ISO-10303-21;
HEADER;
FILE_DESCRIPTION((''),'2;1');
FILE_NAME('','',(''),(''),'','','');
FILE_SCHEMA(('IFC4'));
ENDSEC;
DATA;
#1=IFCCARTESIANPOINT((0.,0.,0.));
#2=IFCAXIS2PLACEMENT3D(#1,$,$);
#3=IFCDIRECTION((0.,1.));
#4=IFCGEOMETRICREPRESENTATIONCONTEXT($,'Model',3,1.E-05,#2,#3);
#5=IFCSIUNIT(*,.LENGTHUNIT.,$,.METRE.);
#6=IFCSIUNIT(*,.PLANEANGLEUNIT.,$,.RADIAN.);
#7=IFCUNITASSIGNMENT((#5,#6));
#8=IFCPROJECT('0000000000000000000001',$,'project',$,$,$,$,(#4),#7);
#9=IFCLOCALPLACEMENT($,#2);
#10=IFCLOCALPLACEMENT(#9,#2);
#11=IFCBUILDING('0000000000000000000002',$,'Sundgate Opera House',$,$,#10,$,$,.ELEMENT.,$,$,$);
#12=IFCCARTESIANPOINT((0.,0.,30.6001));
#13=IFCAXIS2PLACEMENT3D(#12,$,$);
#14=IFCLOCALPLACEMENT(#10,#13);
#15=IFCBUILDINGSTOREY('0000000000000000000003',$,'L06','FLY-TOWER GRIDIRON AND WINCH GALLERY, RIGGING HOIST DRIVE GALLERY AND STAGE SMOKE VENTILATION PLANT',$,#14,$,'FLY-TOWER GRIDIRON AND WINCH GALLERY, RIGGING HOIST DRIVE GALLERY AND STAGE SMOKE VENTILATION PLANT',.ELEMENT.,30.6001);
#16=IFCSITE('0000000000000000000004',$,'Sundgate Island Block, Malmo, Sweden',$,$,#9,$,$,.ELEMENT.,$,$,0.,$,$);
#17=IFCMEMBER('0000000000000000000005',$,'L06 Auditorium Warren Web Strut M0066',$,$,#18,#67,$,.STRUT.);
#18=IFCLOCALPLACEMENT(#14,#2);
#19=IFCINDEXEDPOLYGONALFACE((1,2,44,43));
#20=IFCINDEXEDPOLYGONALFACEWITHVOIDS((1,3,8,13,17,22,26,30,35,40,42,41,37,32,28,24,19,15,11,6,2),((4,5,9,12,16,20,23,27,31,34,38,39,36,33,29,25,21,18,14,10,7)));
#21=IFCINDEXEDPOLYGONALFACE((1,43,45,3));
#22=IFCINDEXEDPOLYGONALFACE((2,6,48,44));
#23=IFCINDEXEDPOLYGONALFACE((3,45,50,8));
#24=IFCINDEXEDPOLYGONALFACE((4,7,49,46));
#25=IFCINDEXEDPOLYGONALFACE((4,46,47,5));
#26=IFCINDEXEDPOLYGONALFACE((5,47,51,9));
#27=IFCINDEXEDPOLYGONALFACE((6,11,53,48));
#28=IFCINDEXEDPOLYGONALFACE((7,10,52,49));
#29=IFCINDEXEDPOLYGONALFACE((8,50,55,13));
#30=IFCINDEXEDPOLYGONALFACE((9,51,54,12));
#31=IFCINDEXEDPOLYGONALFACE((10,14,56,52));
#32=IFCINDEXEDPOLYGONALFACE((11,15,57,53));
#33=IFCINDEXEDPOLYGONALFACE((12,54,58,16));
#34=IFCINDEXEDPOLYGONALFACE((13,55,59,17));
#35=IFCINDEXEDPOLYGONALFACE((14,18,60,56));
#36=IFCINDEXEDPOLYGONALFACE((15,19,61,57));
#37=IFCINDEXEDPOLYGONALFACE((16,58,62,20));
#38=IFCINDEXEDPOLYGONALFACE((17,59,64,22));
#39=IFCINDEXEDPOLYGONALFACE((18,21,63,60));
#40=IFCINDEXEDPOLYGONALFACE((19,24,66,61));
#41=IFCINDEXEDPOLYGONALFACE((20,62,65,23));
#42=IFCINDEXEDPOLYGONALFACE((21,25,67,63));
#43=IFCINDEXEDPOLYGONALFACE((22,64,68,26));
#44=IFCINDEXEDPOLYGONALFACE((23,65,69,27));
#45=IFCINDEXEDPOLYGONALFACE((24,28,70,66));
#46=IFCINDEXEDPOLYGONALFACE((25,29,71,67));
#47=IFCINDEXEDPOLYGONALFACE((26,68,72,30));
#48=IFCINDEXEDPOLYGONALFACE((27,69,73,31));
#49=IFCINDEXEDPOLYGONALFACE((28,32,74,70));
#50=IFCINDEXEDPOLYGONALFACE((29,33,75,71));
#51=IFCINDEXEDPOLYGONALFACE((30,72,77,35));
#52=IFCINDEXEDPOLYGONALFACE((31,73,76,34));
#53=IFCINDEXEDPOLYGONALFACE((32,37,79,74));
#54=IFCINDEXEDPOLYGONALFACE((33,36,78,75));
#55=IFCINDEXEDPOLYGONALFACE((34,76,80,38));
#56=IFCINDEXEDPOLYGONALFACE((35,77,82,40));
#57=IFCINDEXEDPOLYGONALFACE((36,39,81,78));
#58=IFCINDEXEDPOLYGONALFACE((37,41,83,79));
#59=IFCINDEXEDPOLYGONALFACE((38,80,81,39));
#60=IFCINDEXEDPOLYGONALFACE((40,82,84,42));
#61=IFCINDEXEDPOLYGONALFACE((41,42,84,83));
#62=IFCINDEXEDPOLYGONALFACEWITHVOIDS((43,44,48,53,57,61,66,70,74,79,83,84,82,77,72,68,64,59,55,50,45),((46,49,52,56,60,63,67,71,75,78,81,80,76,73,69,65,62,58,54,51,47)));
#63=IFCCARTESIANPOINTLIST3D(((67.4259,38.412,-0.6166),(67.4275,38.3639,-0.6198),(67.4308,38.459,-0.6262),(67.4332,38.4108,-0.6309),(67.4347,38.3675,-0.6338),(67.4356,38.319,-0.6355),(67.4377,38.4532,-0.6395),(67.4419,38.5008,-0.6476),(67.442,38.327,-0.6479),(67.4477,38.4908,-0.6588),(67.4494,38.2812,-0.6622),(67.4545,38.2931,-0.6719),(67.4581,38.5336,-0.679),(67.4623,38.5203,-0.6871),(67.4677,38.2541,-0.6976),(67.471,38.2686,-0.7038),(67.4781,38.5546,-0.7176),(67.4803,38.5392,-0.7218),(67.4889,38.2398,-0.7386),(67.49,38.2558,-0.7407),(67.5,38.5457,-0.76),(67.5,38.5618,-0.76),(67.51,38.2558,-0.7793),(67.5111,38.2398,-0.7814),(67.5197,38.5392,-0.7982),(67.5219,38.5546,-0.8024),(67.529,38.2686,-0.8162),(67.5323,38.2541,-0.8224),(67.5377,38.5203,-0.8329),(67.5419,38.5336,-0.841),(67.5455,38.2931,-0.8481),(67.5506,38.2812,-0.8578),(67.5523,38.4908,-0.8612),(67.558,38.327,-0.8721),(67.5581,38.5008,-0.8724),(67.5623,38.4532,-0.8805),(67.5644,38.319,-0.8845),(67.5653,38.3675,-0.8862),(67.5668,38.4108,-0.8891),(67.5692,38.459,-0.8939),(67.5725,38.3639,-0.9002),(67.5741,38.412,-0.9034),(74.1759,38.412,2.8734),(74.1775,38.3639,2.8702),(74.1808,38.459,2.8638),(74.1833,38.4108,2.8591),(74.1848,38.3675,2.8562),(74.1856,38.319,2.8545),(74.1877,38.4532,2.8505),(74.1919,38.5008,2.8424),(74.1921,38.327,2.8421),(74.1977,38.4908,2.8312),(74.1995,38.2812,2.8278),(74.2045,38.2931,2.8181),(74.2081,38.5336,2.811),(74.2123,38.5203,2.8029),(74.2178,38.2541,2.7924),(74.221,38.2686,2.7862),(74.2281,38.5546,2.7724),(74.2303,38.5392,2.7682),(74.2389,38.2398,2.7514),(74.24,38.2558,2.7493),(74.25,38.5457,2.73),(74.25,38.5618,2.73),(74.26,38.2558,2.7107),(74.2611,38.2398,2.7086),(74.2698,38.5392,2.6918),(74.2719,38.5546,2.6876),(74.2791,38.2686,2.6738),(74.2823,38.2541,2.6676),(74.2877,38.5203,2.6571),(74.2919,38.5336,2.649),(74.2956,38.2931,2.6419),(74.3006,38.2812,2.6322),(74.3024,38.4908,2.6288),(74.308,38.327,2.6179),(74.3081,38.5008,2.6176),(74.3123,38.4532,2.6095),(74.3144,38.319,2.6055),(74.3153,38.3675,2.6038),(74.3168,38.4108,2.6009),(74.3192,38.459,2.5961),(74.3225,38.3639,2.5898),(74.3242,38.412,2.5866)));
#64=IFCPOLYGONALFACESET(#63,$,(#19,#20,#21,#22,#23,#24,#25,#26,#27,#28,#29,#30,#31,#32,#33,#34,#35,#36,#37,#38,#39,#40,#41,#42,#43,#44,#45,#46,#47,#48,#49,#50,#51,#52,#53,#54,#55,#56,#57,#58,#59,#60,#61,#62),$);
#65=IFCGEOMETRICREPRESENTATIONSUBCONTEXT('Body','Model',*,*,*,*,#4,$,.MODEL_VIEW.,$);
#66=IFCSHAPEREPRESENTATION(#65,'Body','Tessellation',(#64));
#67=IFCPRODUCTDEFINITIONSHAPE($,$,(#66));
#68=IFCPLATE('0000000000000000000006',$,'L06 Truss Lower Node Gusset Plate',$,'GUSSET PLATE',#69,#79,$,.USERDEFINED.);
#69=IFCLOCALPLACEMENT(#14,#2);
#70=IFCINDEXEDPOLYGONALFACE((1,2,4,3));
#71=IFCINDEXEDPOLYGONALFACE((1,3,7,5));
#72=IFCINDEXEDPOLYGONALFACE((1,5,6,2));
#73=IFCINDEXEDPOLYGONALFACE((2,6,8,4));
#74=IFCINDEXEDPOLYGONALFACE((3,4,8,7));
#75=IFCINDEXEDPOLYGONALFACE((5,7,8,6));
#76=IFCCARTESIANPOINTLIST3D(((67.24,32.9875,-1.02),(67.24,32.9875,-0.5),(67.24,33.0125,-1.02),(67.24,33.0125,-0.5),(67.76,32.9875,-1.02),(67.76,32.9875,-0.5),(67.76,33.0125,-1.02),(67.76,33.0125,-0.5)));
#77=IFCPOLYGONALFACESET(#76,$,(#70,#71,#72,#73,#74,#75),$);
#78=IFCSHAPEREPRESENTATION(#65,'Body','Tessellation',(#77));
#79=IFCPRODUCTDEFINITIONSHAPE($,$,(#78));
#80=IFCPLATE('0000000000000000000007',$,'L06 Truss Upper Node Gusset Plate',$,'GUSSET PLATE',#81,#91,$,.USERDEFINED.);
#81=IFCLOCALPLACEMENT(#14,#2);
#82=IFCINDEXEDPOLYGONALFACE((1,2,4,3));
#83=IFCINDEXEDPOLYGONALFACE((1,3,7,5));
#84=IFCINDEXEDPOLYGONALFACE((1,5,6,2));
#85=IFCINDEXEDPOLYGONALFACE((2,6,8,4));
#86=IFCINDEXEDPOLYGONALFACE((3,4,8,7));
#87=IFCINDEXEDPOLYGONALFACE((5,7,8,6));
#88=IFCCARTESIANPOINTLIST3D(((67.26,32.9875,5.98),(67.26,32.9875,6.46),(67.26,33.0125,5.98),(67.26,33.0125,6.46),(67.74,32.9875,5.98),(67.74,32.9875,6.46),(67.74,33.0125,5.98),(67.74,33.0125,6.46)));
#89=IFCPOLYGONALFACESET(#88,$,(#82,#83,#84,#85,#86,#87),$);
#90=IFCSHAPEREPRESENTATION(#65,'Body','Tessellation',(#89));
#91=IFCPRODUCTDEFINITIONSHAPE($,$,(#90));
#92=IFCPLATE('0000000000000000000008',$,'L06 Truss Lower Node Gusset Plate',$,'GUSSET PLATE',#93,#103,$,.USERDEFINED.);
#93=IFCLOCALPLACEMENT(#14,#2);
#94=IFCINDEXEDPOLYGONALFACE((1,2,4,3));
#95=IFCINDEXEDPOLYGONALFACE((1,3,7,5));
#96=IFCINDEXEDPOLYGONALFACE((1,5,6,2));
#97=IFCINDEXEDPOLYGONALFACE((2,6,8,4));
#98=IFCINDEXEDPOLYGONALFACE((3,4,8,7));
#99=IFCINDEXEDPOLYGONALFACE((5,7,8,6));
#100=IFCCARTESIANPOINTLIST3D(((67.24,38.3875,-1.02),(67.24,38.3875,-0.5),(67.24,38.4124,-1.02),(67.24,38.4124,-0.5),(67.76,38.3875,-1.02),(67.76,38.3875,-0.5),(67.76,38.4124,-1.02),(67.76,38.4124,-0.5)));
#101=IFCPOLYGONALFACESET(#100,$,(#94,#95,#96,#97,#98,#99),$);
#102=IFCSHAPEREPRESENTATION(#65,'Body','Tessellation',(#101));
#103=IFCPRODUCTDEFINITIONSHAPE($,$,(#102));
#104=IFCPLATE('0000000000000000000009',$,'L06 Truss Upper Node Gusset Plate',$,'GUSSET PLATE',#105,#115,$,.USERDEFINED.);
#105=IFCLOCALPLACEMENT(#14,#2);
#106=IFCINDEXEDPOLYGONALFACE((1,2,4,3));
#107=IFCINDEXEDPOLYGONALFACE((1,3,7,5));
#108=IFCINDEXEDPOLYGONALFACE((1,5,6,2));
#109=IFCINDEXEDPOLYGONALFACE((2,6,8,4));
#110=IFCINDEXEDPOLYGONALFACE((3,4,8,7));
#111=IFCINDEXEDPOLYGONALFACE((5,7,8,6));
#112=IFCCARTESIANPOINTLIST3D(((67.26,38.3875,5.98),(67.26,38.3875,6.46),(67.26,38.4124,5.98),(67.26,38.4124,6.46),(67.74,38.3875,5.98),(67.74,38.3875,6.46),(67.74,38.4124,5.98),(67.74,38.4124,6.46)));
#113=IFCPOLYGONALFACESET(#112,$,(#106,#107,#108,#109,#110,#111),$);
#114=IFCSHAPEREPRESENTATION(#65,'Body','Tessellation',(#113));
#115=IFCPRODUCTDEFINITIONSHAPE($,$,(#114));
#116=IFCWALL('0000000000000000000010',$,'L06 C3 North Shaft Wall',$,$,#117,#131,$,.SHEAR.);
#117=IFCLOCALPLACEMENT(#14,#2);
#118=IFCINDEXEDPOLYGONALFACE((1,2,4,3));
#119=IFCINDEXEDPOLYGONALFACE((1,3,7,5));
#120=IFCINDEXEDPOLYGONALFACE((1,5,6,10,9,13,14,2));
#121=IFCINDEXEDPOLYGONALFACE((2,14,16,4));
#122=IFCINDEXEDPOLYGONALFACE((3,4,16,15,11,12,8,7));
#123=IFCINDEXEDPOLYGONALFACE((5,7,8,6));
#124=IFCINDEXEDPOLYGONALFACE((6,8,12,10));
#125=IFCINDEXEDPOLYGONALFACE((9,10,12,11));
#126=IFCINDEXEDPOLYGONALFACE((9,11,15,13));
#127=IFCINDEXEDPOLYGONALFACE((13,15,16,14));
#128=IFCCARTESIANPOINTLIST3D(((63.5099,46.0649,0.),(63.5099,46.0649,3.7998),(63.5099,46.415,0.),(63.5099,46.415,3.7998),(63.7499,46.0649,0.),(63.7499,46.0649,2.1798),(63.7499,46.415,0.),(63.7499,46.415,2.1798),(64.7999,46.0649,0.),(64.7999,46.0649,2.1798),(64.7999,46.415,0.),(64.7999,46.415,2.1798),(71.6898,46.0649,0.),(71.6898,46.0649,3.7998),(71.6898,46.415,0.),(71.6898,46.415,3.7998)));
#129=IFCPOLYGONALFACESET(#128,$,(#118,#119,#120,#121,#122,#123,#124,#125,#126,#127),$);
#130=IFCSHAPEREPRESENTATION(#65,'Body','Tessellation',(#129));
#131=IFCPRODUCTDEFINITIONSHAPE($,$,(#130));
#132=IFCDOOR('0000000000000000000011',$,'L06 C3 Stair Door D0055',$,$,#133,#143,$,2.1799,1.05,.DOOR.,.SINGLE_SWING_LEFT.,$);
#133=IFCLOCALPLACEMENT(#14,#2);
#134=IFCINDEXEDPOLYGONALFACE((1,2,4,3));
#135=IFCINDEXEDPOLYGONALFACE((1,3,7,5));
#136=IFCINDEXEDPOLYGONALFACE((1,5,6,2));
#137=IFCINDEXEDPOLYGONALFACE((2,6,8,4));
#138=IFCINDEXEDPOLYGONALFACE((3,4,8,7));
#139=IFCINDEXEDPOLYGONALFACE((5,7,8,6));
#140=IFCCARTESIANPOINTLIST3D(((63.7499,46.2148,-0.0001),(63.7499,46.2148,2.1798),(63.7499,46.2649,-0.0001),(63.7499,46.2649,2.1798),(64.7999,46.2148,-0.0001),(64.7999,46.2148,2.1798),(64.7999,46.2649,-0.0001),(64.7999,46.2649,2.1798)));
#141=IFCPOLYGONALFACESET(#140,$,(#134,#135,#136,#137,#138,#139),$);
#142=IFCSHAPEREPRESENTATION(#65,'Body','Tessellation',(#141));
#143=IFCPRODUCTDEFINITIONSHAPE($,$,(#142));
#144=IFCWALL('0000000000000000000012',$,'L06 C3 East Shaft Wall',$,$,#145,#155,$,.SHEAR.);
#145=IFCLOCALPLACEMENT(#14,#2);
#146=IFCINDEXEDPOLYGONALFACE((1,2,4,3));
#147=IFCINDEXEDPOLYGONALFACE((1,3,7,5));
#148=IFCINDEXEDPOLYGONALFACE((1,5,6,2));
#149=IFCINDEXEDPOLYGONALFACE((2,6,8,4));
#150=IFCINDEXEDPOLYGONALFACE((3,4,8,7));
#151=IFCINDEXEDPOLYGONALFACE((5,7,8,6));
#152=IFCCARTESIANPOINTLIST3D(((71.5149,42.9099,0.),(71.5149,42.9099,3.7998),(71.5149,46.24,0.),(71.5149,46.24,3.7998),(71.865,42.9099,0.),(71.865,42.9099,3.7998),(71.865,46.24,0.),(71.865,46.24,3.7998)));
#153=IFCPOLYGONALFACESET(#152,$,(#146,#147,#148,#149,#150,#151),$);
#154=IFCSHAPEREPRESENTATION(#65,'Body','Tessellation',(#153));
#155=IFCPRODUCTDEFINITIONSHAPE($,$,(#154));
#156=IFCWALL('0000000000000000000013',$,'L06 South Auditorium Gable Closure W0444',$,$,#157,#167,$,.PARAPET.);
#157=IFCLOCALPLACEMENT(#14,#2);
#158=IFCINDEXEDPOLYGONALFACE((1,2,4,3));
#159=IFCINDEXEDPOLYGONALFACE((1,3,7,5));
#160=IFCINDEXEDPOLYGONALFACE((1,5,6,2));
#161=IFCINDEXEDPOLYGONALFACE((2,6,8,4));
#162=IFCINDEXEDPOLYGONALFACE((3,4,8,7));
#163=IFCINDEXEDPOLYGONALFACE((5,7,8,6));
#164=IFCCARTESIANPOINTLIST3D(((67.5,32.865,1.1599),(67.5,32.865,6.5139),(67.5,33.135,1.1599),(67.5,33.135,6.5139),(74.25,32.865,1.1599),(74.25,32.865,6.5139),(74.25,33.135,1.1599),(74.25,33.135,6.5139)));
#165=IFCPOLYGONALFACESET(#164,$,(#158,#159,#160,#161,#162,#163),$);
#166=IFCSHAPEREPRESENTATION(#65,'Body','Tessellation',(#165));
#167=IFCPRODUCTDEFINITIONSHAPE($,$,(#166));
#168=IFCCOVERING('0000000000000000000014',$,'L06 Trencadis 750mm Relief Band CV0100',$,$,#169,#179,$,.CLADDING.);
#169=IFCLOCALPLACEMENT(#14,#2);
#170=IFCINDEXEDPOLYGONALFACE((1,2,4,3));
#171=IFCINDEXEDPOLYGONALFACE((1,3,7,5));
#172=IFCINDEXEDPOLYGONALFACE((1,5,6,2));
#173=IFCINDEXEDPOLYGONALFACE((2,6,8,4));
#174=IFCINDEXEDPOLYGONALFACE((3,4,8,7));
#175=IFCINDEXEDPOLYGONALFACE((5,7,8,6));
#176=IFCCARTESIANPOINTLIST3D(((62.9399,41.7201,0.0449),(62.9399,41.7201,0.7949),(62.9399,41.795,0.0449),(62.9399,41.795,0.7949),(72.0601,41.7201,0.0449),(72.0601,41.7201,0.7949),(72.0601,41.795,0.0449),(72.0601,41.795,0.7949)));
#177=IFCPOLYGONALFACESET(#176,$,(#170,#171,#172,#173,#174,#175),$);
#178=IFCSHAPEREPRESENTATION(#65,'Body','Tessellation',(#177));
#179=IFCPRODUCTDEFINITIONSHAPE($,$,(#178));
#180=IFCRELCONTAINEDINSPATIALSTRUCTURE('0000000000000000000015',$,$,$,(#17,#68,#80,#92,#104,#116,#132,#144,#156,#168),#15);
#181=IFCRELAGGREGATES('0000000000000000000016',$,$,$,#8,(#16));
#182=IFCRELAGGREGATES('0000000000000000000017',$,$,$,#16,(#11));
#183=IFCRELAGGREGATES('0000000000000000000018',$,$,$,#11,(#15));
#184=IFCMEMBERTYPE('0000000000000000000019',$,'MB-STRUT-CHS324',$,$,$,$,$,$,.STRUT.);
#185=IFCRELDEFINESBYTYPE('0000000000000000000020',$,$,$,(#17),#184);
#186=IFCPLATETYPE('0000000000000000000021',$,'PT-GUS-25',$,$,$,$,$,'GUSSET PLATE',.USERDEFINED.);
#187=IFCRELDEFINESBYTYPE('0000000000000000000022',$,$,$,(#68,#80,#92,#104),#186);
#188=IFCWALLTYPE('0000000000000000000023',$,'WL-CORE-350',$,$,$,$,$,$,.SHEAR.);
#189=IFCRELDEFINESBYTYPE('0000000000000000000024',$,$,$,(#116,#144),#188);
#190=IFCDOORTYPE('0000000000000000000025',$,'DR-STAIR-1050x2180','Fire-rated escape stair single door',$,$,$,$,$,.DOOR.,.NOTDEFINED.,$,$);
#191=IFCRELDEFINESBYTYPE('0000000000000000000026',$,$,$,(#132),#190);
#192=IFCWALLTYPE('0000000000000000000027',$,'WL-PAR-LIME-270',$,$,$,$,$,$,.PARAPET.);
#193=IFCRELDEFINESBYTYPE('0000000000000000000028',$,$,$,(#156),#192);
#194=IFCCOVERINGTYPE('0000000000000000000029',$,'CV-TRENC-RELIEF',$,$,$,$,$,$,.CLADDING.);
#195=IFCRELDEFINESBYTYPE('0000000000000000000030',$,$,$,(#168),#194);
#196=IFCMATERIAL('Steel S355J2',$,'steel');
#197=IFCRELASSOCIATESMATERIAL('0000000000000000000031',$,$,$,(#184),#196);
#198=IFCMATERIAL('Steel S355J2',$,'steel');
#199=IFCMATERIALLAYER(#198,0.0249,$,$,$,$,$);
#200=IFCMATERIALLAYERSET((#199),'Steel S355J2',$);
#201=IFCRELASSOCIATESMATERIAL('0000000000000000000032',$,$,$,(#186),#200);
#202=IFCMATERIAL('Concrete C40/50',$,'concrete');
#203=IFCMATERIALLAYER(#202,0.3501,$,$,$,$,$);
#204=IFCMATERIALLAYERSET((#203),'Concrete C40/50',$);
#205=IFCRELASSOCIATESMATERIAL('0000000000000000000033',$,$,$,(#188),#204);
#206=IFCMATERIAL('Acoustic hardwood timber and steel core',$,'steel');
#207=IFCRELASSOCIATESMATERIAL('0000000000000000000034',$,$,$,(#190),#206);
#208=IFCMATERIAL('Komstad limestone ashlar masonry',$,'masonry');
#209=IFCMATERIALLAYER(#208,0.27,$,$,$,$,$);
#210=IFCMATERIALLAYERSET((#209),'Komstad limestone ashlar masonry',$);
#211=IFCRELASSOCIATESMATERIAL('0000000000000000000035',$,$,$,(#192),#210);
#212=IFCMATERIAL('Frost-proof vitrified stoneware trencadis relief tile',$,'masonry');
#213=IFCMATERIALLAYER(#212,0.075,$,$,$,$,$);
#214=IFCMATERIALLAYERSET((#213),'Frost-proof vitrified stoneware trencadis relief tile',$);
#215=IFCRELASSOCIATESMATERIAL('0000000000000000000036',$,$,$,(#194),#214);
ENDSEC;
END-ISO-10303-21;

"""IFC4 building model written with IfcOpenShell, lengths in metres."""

from ifc_helpers import new_model, si_unit, direction, frame, frame_2d, origin, origin_2d, place, context, subcontext, project, spatial, rectangle, hollow_circle, extrude, material, layer, layer_set, material_profile, profile_set, type_object, element, fill, save


model = new_model("IFC4")

# Units and contexts
model_context = context("Model", 3, precision=1e-05, world=origin(), true_north=direction((0.0, 1.0)))
body_context = subcontext(model_context, "Body", "Model", "MODEL_VIEW")
ifc_project = project(units=[si_unit("LENGTHUNIT", "METRE"), si_unit("PLANEANGLEUNIT", "RADIAN")], contexts=[model_context])

# Site, building, storey
site_placement = place(None, origin())
site = spatial("IfcSite", under=ifc_project, at=site_placement, Name="Sundgate Island Block, Malmo, Sweden", CompositionType="ELEMENT", RefElevation=0.0)
building_placement = place(site_placement, origin())
building = spatial("IfcBuilding", under=site, at=building_placement, Name="Sundgate Opera House", CompositionType="ELEMENT")
storey_placement = place(building_placement, frame((0.0, 0.0, 30.6001)))
storey = spatial("IfcBuildingStorey", under=building, at=storey_placement, Name="L06", Description="FLY-TOWER GRIDIRON AND WINCH GALLERY, RIGGING HOIST DRIVE GALLERY AND STAGE SMOKE VENTILATION PLANT", LongName="FLY-TOWER GRIDIRON AND WINCH GALLERY, RIGGING HOIST DRIVE GALLERY AND STAGE SMOKE VENTILATION PLANT", CompositionType="ELEMENT", Elevation=30.6001)

# Member
ifc_material_1 = material(Name="Steel S355J2", Category="steel")
ifc_material_profile_1 = material_profile(ifc_material_1, hollow_circle(Radius=0.1619, WallThickness=0.0161, at=origin_2d()), Name="CHS 323.9x16.0")
ifc_profile_set_1 = profile_set([ifc_material_profile_1], Name="Steel S355J2")
member_type_1 = type_object("IfcMemberType", Name="MB-STRUT-CHS324", PredefinedType="STRUT", material=ifc_profile_set_1)
for number, where, z_axis, x_axis, name in (
    (1, (67.5, 38.3999, -0.76), (0.888292, 0.0, 0.459279), (0.0, 1.0, 0.0), "L06 Auditorium Warren Web Strut M0066"),
):
    element("IfcMember", number, at=place(storey_placement, frame(where, z_axis=z_axis, x_axis=x_axis)), inside=storey, type_object=member_type_1, Name=name, PredefinedType="STRUT", context=body_context, shape_type="SweptSolid", body=[
        extrude(hollow_circle(Radius=0.1619, WallThickness=0.0161, at=origin_2d()), origin(), (0.0, 0.0, 1.0), 7.5989),
    ])

# Plates
ifc_material_2 = material(Name="Steel S355J2", Category="steel")
ifc_layer_1 = layer(ifc_material_2, 0.0249)
ifc_layer_set_1 = layer_set([ifc_layer_1], Name="Steel S355J2")
plate_type = type_object("IfcPlateType", Name="PT-GUS-25", ElementType="GUSSET PLATE", PredefinedType="USERDEFINED", material=ifc_layer_set_1)
plate_1_placement = place(storey_placement, frame((67.5, 33.0, -1.02), z_axis=(0.0, 0.0, 1.0), x_axis=(1.0, 0.0, 0.0)))
element("IfcPlate", 2, at=plate_1_placement, inside=storey, type_object=plate_type, Name="L06 Truss Lower Node Gusset Plate", ObjectType="GUSSET PLATE", PredefinedType="USERDEFINED", context=body_context, shape_type="SweptSolid", body=[
    extrude(rectangle(XDim=0.52, YDim=0.0249, at=origin_2d()), origin(), (0.0, 0.0, 1.0), 0.52),
])
plate_2_placement = place(storey_placement, frame((67.5, 33.0, 5.98), z_axis=(0.0, 0.0, 1.0), x_axis=(1.0, 0.0, 0.0)))
element("IfcPlate", 3, at=plate_2_placement, inside=storey, type_object=plate_type, Name="L06 Truss Upper Node Gusset Plate", ObjectType="GUSSET PLATE", PredefinedType="USERDEFINED", context=body_context, shape_type="SweptSolid", body=[
    extrude(rectangle(XDim=0.48, YDim=0.0249, at=origin_2d()), origin(), (0.0, 0.0, 1.0), 0.48),
])
plate_3_placement = place(storey_placement, frame((67.5, 38.3999, -1.02), z_axis=(0.0, 0.0, 1.0), x_axis=(1.0, 0.0, 0.0)))
element("IfcPlate", 4, at=plate_3_placement, inside=storey, type_object=plate_type, Name="L06 Truss Lower Node Gusset Plate", ObjectType="GUSSET PLATE", PredefinedType="USERDEFINED", context=body_context, shape_type="SweptSolid", body=[
    extrude(rectangle(XDim=0.52, YDim=0.0249, at=origin_2d()), origin(), (0.0, 0.0, 1.0), 0.52),
])
plate_4_placement = place(storey_placement, frame((67.5, 38.3999, 5.98), z_axis=(0.0, 0.0, 1.0), x_axis=(1.0, 0.0, 0.0)))
element("IfcPlate", 5, at=plate_4_placement, inside=storey, type_object=plate_type, Name="L06 Truss Upper Node Gusset Plate", ObjectType="GUSSET PLATE", PredefinedType="USERDEFINED", context=body_context, shape_type="SweptSolid", body=[
    extrude(rectangle(XDim=0.48, YDim=0.0249, at=origin_2d()), origin(), (0.0, 0.0, 1.0), 0.48),
])

# Wall, opening, door
ifc_material_3 = material(Name="Concrete C40/50", Category="concrete")
ifc_layer_2 = layer(ifc_material_3, 0.3501)
ifc_layer_set_2 = layer_set([ifc_layer_2], Name="Concrete C40/50")
wall_type_1 = type_object("IfcWallType", Name="WL-CORE-350", PredefinedType="SHEAR", material=ifc_layer_set_2)
wall_1_placement = place(storey_placement, frame((63.51, 46.24, 0.0), z_axis=(0.0, 0.0, 1.0), x_axis=(1.0, 0.0, 0.0)))
wall_1 = element("IfcWall", 6, at=wall_1_placement, inside=storey, type_object=wall_type_1, Name="L06 C3 North Shaft Wall", PredefinedType="SHEAR", context=body_context, shape_type="SweptSolid", body=[
    extrude(rectangle(XDim=8.1799, YDim=0.3501, at=frame_2d((4.0898, 0.0))), origin(), (0.0, 0.0, 1.0), 3.7998),
])
opening_placement = place(wall_1_placement, frame((0.24, 0.0, 0.0)))
opening = element("IfcOpeningElement", 7, at=opening_placement, cuts=wall_1, PredefinedType="OPENING", context=body_context, shape_type="SweptSolid", body=[
    extrude(rectangle(XDim=1.05, YDim=2.1799, at=frame_2d((0.5249, 1.0898))), frame((0.0, 0.1851, 0.0), z_axis=(0.0, -1.0, 0.0), x_axis=(1.0, 0.0, 0.0)), (0.0, 0.0, 1.0), 0.3701),
])
ifc_material_4 = material(Name="Acoustic hardwood timber and steel core", Category="steel")
door_type = type_object("IfcDoorType", Name="DR-STAIR-1050x2180", Description="Fire-rated escape stair single door", OperationType="NOTDEFINED", PredefinedType="DOOR", material=ifc_material_4)
door_placement = place(opening_placement, origin())
door = element("IfcDoor", 8, at=door_placement, inside=storey, type_object=door_type, Name="L06 C3 Stair Door D0055", OperationType="SINGLE_SWING_LEFT", OverallHeight=2.1799, OverallWidth=1.05, PredefinedType="DOOR", context=body_context, shape_type="SweptSolid", body=[
    extrude(rectangle(XDim=1.05, YDim=2.1799, at=frame_2d((0.5249, 1.0898))), frame((0.0, 0.0249, 0.0), z_axis=(0.0, -1.0, 0.0), x_axis=(1.0, 0.0, 0.0)), (0.0, 0.0, 1.0), 0.05),
])
fill(opening, door)

# Walls
wall_2_placement = place(storey_placement, frame((71.6899, 42.9099, 0.0), z_axis=(0.0, 0.0, 1.0), x_axis=(0.0, 1.0, 0.0)))
element("IfcWall", 9, at=wall_2_placement, inside=storey, type_object=wall_type_1, Name="L06 C3 East Shaft Wall", PredefinedType="SHEAR", context=body_context, shape_type="SweptSolid", body=[
    extrude(rectangle(XDim=3.3301, YDim=0.3501, at=frame_2d((1.665, 0.0))), origin(), (0.0, 0.0, 1.0), 3.7998),
])
ifc_material_5 = material(Name="Komstad limestone ashlar masonry", Category="masonry")
ifc_layer_3 = layer(ifc_material_5, 0.27)
ifc_layer_set_3 = layer_set([ifc_layer_3], Name="Komstad limestone ashlar masonry")
wall_type_2 = type_object("IfcWallType", Name="WL-PAR-LIME-270", PredefinedType="PARAPET", material=ifc_layer_set_3)
wall_3_placement = place(storey_placement, frame((67.5, 33.0, 1.1599), z_axis=(0.0, 0.0, 1.0), x_axis=(1.0, 0.0, 0.0)))
element("IfcWall", 10, at=wall_3_placement, inside=storey, type_object=wall_type_2, Name="L06 South Auditorium Gable Closure W0444", PredefinedType="PARAPET", context=body_context, shape_type="SweptSolid", body=[
    extrude(rectangle(XDim=6.75, YDim=0.27, at=frame_2d((3.375, 0.0))), origin(), (0.0, 0.0, 1.0), 5.354),
])

# Covering
ifc_material_6 = material(Name="Frost-proof vitrified stoneware trencadis relief tile", Category="masonry")
ifc_layer_4 = layer(ifc_material_6, 0.075)
ifc_layer_set_4 = layer_set([ifc_layer_4], Name="Frost-proof vitrified stoneware trencadis relief tile")
covering_type = type_object("IfcCoveringType", Name="CV-TRENC-RELIEF", PredefinedType="CLADDING", material=ifc_layer_set_4)
covering_placement = place(storey_placement, frame((67.5, 41.7576, 0.0449), z_axis=(0.0, 0.0, 1.0), x_axis=(1.0, 0.0, 0.0)))
element("IfcCovering", 11, at=covering_placement, inside=storey, type_object=covering_type, Name="L06 Trencadis 750mm Relief Band CV0100", PredefinedType="CLADDING", context=body_context, shape_type="SweptSolid", body=[
    extrude(rectangle(XDim=9.1201, YDim=0.075, at=origin_2d()), origin(), (0.0, 0.0, 1.0), 0.75),
])

save(model, "model.ifc")
